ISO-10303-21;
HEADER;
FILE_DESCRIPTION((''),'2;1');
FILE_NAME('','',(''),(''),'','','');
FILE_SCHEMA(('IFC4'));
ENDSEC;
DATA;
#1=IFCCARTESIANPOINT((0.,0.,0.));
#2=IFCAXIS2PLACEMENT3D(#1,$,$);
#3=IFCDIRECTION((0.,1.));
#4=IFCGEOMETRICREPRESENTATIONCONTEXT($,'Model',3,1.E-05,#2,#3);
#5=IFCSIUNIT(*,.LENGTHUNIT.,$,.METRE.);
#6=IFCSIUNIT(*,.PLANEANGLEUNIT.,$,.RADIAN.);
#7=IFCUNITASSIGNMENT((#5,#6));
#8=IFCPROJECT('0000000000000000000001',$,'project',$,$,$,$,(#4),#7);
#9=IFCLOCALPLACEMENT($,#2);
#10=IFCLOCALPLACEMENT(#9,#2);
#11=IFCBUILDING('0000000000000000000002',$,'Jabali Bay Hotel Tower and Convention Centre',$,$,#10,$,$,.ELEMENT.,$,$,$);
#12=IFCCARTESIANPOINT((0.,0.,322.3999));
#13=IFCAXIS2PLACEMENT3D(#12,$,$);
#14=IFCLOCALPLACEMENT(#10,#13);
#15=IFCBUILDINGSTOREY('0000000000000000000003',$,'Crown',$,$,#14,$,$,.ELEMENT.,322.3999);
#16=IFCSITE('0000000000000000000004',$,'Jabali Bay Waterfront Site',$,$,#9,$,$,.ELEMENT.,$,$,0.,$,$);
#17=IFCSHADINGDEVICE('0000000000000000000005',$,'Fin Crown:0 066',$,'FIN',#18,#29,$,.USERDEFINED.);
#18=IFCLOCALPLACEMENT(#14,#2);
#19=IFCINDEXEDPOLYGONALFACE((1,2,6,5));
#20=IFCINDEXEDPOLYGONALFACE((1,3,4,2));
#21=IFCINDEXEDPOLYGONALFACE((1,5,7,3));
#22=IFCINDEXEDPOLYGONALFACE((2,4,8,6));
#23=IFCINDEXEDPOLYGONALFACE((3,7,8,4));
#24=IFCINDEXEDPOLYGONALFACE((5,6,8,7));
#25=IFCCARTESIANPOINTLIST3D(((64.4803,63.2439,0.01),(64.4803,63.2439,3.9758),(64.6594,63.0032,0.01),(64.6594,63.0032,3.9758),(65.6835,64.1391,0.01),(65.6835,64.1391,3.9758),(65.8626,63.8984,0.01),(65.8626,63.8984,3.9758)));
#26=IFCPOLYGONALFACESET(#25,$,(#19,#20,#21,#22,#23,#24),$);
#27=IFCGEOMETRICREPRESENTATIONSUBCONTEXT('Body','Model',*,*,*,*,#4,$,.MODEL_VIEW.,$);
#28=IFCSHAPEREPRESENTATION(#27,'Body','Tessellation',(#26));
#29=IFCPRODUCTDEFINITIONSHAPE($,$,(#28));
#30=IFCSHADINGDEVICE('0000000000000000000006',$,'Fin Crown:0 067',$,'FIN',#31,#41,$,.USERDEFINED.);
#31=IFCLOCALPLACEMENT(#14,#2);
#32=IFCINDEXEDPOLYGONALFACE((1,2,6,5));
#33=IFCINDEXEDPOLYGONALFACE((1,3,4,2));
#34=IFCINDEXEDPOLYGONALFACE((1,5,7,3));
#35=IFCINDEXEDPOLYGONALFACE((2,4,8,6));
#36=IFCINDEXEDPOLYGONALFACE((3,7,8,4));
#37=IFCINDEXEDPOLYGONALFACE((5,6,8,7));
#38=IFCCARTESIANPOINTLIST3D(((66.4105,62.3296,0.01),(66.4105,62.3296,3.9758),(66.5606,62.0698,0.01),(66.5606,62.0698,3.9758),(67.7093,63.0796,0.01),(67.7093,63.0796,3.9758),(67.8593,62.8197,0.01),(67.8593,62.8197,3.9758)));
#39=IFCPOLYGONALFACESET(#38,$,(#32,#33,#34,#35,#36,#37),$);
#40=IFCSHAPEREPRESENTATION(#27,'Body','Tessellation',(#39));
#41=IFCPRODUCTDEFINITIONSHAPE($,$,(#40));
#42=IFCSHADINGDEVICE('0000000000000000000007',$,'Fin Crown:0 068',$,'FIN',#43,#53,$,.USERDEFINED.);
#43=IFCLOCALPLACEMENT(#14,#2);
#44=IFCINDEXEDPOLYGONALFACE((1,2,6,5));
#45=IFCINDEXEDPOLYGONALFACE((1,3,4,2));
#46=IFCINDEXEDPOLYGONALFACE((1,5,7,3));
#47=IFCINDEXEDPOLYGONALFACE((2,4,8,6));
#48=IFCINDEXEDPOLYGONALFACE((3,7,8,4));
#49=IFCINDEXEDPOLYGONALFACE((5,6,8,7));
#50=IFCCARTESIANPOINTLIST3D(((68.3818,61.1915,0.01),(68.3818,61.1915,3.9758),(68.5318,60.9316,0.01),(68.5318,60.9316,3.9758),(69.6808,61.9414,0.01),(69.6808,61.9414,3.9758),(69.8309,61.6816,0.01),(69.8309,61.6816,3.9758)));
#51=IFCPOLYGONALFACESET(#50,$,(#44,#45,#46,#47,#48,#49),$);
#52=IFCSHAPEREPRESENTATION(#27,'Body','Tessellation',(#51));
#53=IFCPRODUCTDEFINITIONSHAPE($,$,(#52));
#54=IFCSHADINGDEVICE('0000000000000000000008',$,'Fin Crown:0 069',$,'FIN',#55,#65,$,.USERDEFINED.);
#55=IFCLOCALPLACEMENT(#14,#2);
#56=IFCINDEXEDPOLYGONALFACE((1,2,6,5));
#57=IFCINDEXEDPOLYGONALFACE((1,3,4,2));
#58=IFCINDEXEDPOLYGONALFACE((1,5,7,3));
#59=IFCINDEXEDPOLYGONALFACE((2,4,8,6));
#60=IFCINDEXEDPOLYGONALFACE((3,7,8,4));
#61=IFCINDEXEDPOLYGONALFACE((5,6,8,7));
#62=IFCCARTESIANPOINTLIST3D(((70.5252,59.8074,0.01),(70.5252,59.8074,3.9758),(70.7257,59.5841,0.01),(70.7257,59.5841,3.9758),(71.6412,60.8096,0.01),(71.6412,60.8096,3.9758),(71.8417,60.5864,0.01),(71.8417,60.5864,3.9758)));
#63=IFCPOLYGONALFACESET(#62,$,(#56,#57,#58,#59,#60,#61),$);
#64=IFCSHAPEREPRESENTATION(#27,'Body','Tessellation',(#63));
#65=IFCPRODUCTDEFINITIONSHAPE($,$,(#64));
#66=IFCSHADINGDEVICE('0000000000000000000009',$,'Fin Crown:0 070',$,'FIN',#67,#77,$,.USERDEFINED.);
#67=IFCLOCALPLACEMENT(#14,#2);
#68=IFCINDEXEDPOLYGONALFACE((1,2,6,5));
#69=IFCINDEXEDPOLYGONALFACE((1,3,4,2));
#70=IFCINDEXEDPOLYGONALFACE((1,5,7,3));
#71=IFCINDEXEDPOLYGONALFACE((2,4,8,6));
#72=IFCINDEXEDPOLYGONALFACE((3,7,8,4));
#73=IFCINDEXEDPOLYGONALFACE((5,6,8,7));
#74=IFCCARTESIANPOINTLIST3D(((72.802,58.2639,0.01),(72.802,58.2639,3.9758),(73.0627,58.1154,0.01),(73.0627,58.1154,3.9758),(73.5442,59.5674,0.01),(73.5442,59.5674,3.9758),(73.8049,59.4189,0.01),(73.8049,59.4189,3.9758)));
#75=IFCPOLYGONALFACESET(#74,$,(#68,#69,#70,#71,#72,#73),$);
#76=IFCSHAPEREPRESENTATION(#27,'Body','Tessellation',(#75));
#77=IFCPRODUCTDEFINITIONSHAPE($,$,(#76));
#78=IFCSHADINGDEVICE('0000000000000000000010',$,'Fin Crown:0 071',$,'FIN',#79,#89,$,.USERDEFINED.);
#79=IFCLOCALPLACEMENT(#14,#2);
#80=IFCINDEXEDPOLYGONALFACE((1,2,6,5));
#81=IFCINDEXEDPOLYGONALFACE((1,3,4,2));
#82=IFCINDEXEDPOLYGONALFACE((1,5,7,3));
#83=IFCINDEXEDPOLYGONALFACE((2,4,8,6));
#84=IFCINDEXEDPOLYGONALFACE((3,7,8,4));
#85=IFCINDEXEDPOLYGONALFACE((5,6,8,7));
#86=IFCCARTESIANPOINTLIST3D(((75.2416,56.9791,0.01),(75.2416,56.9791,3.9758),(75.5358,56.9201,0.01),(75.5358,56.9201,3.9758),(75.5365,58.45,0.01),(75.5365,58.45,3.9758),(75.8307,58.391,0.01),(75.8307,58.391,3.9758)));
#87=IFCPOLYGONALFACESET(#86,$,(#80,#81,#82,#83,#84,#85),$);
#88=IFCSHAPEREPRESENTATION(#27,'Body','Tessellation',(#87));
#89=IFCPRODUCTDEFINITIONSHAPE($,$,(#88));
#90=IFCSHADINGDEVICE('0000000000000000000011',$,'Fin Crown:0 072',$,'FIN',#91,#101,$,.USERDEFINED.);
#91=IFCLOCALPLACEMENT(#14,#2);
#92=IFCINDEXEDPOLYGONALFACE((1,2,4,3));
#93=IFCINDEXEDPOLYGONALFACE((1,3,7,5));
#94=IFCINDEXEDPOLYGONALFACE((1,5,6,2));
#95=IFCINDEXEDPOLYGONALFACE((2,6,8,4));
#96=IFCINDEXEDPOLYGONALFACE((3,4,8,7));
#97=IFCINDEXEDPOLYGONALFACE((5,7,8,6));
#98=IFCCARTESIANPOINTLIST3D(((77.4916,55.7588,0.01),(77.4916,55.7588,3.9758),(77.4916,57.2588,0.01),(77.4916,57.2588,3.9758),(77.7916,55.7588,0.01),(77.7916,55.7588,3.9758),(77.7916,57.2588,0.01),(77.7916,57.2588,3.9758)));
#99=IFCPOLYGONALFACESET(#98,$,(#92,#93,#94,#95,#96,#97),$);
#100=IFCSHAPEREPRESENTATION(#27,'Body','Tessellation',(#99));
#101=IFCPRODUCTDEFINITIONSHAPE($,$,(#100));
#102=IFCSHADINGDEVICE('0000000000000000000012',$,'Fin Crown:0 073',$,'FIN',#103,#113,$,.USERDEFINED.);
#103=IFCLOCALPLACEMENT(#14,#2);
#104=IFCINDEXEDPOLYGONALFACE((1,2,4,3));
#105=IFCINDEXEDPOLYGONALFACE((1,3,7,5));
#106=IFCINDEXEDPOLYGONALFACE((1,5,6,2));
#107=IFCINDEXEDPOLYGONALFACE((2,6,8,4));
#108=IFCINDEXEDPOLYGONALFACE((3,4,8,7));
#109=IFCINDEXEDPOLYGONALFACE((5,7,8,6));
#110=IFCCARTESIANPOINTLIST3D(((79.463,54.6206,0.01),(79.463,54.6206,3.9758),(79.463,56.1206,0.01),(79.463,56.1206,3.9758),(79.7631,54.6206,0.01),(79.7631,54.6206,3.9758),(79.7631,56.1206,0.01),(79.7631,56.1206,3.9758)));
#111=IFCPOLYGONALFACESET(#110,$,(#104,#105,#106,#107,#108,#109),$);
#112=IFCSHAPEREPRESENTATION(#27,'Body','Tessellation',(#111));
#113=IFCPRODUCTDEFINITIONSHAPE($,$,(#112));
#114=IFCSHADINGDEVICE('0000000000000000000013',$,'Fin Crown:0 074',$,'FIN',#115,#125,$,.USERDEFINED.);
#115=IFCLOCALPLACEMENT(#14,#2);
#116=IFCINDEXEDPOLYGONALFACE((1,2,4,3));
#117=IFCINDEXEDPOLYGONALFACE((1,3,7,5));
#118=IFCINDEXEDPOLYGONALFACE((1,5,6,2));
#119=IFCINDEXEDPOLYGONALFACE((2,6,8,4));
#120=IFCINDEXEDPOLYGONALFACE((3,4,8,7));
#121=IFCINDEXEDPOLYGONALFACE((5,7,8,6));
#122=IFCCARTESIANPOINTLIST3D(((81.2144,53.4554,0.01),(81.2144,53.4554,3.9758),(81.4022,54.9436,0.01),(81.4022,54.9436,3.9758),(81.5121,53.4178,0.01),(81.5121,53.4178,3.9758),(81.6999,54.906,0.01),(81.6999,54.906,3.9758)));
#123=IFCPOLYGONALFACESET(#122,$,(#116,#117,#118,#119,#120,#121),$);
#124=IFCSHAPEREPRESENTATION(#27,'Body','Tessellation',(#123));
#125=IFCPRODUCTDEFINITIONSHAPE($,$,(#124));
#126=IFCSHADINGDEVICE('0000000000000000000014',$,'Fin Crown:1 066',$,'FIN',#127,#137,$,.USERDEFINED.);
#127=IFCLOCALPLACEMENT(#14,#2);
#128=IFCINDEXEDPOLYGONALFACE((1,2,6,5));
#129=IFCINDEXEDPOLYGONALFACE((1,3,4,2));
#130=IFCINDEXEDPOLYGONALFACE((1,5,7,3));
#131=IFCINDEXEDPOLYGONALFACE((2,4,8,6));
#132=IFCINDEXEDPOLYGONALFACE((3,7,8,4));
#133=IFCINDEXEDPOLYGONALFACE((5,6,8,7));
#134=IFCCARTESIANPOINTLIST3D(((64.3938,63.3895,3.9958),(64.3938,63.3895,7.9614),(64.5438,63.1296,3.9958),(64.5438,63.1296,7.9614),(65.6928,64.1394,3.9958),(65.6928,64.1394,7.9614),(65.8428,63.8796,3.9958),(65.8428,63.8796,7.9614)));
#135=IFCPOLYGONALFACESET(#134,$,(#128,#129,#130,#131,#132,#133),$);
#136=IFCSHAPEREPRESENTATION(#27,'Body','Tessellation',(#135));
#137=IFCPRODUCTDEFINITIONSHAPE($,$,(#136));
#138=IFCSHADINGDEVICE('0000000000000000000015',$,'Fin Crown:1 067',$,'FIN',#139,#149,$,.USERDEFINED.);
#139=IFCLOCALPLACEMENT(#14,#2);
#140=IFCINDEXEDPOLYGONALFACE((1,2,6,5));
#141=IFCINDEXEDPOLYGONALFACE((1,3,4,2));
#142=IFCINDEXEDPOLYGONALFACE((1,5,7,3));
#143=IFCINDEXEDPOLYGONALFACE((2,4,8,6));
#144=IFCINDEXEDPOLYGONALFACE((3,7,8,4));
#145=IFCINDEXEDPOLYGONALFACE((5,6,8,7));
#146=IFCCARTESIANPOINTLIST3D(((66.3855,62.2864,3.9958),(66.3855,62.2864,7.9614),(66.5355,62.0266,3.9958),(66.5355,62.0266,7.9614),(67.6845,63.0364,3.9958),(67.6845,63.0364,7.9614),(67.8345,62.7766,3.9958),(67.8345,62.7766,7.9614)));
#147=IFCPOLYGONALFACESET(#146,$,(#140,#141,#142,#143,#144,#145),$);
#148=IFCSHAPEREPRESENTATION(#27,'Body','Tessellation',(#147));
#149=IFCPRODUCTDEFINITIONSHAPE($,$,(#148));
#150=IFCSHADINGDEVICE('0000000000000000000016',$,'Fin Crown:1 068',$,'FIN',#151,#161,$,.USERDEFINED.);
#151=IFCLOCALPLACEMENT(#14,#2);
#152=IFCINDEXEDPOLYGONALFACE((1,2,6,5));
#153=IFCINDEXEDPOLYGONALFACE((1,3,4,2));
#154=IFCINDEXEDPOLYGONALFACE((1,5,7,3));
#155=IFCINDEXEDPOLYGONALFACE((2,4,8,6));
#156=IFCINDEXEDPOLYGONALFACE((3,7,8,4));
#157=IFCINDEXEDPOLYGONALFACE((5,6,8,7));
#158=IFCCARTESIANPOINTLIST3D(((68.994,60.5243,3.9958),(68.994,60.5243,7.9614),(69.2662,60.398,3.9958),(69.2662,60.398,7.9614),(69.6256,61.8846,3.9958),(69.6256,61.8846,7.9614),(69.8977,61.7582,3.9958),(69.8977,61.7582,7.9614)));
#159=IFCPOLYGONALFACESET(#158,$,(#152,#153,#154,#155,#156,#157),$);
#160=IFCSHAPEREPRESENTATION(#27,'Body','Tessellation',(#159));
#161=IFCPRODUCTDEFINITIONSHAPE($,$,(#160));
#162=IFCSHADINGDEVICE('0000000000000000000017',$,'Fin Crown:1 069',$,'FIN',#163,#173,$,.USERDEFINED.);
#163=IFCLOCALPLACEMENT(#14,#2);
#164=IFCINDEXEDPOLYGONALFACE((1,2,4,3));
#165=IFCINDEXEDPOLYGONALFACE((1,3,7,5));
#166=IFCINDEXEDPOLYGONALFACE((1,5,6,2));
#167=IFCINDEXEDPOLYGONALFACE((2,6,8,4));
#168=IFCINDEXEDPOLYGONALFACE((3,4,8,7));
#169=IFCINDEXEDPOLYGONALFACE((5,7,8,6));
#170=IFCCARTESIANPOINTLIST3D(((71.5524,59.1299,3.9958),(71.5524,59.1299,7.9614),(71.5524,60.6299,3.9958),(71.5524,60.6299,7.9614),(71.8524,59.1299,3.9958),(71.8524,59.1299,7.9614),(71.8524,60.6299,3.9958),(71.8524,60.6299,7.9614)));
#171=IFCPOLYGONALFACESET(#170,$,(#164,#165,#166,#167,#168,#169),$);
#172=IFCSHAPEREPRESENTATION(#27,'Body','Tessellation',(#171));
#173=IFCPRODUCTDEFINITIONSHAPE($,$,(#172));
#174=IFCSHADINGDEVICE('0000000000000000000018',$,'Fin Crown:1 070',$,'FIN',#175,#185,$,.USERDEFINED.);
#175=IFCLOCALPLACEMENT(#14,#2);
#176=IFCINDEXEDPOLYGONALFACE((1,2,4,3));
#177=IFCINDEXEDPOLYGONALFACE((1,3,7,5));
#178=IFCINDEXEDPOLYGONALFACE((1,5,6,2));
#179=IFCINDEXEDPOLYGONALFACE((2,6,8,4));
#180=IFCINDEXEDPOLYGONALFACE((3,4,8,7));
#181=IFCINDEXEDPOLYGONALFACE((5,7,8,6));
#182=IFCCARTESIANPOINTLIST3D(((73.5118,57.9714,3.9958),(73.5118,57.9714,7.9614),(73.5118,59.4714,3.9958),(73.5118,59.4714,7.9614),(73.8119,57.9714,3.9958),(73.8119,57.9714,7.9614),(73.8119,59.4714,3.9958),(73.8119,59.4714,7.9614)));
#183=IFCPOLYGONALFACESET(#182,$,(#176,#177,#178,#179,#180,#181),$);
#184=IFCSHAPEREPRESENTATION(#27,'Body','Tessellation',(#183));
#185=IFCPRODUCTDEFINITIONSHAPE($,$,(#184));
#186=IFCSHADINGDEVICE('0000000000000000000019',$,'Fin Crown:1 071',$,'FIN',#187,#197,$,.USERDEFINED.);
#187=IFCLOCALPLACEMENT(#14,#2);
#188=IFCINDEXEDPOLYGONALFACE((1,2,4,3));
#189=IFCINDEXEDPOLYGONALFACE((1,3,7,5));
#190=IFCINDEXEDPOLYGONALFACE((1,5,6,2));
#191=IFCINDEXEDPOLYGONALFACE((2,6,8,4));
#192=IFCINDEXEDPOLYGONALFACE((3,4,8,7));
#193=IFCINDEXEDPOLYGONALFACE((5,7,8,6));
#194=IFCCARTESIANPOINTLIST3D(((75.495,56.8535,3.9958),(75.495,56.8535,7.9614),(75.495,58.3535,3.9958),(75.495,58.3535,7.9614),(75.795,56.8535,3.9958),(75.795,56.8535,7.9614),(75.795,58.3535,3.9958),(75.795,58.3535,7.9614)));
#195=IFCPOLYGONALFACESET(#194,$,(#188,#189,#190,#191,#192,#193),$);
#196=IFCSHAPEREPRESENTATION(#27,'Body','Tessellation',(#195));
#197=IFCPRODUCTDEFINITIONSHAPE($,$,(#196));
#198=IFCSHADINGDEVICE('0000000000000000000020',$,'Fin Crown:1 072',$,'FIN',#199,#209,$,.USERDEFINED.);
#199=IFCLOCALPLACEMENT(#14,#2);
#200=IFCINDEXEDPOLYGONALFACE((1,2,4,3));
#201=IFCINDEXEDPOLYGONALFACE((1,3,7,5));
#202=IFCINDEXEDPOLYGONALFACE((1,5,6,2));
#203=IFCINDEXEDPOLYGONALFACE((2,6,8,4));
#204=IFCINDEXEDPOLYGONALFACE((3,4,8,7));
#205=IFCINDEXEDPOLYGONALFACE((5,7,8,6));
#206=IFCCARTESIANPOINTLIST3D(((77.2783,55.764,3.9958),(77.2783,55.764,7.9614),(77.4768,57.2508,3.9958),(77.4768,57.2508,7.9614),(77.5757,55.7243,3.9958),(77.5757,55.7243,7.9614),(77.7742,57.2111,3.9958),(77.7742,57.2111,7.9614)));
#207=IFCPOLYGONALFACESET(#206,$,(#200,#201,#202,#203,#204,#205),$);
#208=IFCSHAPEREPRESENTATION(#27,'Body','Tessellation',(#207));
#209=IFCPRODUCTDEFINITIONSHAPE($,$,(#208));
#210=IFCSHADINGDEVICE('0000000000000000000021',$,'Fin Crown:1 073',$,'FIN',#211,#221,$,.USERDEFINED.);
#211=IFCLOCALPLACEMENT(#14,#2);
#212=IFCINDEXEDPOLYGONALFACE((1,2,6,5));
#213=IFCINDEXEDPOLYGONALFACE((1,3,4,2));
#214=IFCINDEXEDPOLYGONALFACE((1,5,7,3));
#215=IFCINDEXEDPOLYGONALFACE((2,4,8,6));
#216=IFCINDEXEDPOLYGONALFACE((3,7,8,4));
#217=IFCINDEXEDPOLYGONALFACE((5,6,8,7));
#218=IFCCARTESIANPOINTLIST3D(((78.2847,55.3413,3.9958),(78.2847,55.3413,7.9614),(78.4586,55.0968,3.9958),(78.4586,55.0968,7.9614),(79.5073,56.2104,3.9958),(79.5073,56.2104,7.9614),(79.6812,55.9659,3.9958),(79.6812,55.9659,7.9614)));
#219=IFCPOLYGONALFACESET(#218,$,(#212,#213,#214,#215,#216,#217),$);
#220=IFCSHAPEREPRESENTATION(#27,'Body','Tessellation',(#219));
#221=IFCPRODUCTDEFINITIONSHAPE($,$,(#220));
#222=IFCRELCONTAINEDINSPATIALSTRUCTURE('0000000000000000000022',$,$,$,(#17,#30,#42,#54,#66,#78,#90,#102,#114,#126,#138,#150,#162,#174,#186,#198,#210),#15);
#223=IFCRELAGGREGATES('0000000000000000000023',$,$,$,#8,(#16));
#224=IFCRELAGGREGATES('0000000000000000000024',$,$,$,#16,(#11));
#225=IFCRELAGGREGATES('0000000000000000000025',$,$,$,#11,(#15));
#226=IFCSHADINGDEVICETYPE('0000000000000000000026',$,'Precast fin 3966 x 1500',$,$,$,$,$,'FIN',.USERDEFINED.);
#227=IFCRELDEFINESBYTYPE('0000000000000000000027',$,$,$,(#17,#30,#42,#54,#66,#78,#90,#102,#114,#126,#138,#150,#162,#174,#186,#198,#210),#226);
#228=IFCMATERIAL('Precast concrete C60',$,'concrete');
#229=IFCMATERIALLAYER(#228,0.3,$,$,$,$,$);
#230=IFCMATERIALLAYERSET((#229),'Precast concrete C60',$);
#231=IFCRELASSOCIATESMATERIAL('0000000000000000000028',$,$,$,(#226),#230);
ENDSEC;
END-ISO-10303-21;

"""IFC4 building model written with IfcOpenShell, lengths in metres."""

from ifc_helpers import new_model, si_unit, direction, frame, frame_2d, origin, place, context, subcontext, project, spatial, rectangle, extrude, material, layer, layer_set, type_object, element, save


model = new_model("IFC4")

# Units and contexts
model_context = context("Model", 3, precision=1e-05, world=origin(), true_north=direction((0.0, 1.0)))
body_context = subcontext(model_context, "Body", "Model", "MODEL_VIEW")
ifc_project = project(units=[si_unit("LENGTHUNIT", "METRE"), si_unit("PLANEANGLEUNIT", "RADIAN")], contexts=[model_context])

# Site, building, storey
site_placement = place(None, origin())
site = spatial("IfcSite", under=ifc_project, at=site_placement, Name="Jabali Bay Waterfront Site", CompositionType="ELEMENT", RefElevation=0.0)
building_placement = place(site_placement, origin())
building = spatial("IfcBuilding", under=site, at=building_placement, Name="Jabali Bay Hotel Tower and Convention Centre", CompositionType="ELEMENT")
storey_placement = place(building_placement, frame((0.0, 0.0, 322.3999)))
storey = spatial("IfcBuildingStorey", under=building, at=storey_placement, Name="Crown", CompositionType="ELEMENT", Elevation=322.3999)

# Shading devices
ifc_material_1 = material(Name="Precast concrete C60", Category="concrete")
ifc_layer = layer(ifc_material_1, 0.3)
ifc_layer_set = layer_set([ifc_layer], Name="Precast concrete C60")
shading_device_type = type_object("IfcShadingDeviceType", Name="Precast fin 3966 x 1500", ElementType="FIN", PredefinedType="USERDEFINED", material=ifc_layer_set)
for number, where, z_axis, x_axis, name in (
    (1, (65.7732, 64.0188, 0.01), (0.0, 0.0, 1.0), (-0.802318, -0.596896, 0.0), "Fin Crown:0 066"),
    (2, (67.7844, 62.9497, 0.01), (0.0, 0.0, 1.0), (-0.86599, -0.500061, 0.0), "Fin Crown:0 067"),
):
    element("IfcShadingDevice", number, at=place(storey_placement, frame(where, z_axis=z_axis, x_axis=x_axis)), inside=storey, type_object=shading_device_type, Name=name, ObjectType="FIN", PredefinedType="USERDEFINED", context=body_context, shape_type="SweptSolid", body=[
        extrude(rectangle(XDim=1.4998, YDim=0.3, at=frame_2d((0.75, 0.0))), origin(), (0.0, 0.0, 1.0), 3.9658),
    ])
for number, where, z_axis, x_axis, name in (
    (3, (69.7559, 61.8115, 0.01), (0.0, 0.0, 1.0), (-0.866031, -0.49999, 0.0), "Fin Crown:0 068"),
    (4, (71.7415, 60.698, 0.01), (0.0, 0.0, 1.0), (-0.744014, -0.668164, 0.0), "Fin Crown:0 069"),
    (5, (73.6746, 59.4932, 0.01), (0.0, 0.0, 1.0), (-0.494806, -0.869003, 0.0), "Fin Crown:0 070"),
):
    element("IfcShadingDevice", number, at=place(storey_placement, frame(where, z_axis=z_axis, x_axis=x_axis)), inside=storey, type_object=shading_device_type, Name=name, ObjectType="FIN", PredefinedType="USERDEFINED", context=body_context, shape_type="SweptSolid", body=[
        extrude(rectangle(XDim=1.5, YDim=0.3, at=frame_2d((0.75, 0.0))), origin(), (0.0, 0.0, 1.0), 3.9658),
    ])
shading_device_1_placement = place(storey_placement, frame((75.6836, 58.4204, 0.01), z_axis=(0.0, 0.0, 1.0), x_axis=(-0.196586, -0.980487, 0.0)))
element("IfcShadingDevice", 6, at=shading_device_1_placement, inside=storey, type_object=shading_device_type, Name="Fin Crown:0 071", ObjectType="FIN", PredefinedType="USERDEFINED", context=body_context, shape_type="SweptSolid", body=[
    extrude(rectangle(XDim=1.5002, YDim=0.3, at=frame_2d((0.75, 0.0))), origin(), (0.0, 0.0, 1.0), 3.9658),
])
for number, where, z_axis, x_axis, name in (
    (7, (77.6416, 57.2588, 0.01), (0.0, 0.0, 1.0), (0.0, -1.0, 0.0), "Fin Crown:0 072"),
    (8, (79.613, 56.1206, 0.01), (0.0, 0.0, 1.0), (0.0, -1.0, 0.0), "Fin Crown:0 073"),
    (9, (81.551, 54.9248, 0.01), (0.0, 0.0, 1.0), (-0.125156, -0.992137, 0.0), "Fin Crown:0 074"),
):
    element("IfcShadingDevice", number, at=place(storey_placement, frame(where, z_axis=z_axis, x_axis=x_axis)), inside=storey, type_object=shading_device_type, Name=name, ObjectType="FIN", PredefinedType="USERDEFINED", context=body_context, shape_type="SweptSolid", body=[
        extrude(rectangle(XDim=1.5, YDim=0.3, at=frame_2d((0.75, 0.0))), origin(), (0.0, 0.0, 1.0), 3.9658),
    ])
for number, where, z_axis, x_axis, name in (
    (10, (65.7678, 64.0095, 3.9958), (0.0, 0.0, 1.0), (-0.866031, -0.49999, 0.0), "Fin Crown:1 066"),
    (11, (67.7595, 62.9065, 3.9958), (0.0, 0.0, 1.0), (-0.866031, -0.49999, 0.0), "Fin Crown:1 067"),
):
    element("IfcShadingDevice", number, at=place(storey_placement, frame(where, z_axis=z_axis, x_axis=x_axis)), inside=storey, type_object=shading_device_type, Name=name, ObjectType="FIN", PredefinedType="USERDEFINED", context=body_context, shape_type="SweptSolid", body=[
        extrude(rectangle(XDim=1.5, YDim=0.3, at=frame_2d((0.75, 0.0))), origin(), (0.0, 0.0, 1.0), 3.9656),
    ])
shading_device_2_placement = place(storey_placement, frame((69.7617, 61.8215, 3.9958), z_axis=(0.0, 0.0, 1.0), x_axis=(-0.421111, -0.907009, 0.0)))
element("IfcShadingDevice", 12, at=shading_device_2_placement, inside=storey, type_object=shading_device_type, Name="Fin Crown:1 068", ObjectType="FIN", PredefinedType="USERDEFINED", context=body_context, shape_type="SweptSolid", body=[
    extrude(rectangle(XDim=1.4998, YDim=0.3, at=frame_2d((0.75, 0.0))), origin(), (0.0, 0.0, 1.0), 3.9656),
])
for number, where, z_axis, x_axis, name in (
    (13, (71.7024, 60.6299, 3.9958), (0.0, 0.0, 1.0), (0.0, -1.0, 0.0), "Fin Crown:1 069"),
    (14, (73.6619, 59.4714, 3.9958), (0.0, 0.0, 1.0), (0.0, -1.0, 0.0), "Fin Crown:1 070"),
    (15, (75.645, 58.3535, 3.9958), (0.0, 0.0, 1.0), (0.0, -1.0, 0.0), "Fin Crown:1 071"),
    (16, (77.6255, 57.231, 3.9958), (0.0, 0.0, 1.0), (-0.132324, -0.991207, 0.0), "Fin Crown:1 072"),
    (17, (79.5942, 56.0881, 3.9958), (0.0, 0.0, 1.0), (-0.815051, -0.579389, 0.0), "Fin Crown:1 073"),
):
    element("IfcShadingDevice", number, at=place(storey_placement, frame(where, z_axis=z_axis, x_axis=x_axis)), inside=storey, type_object=shading_device_type, Name=name, ObjectType="FIN", PredefinedType="USERDEFINED", context=body_context, shape_type="SweptSolid", body=[
        extrude(rectangle(XDim=1.5, YDim=0.3, at=frame_2d((0.75, 0.0))), origin(), (0.0, 0.0, 1.0), 3.9656),
    ])

save(model, "model.ifc")
